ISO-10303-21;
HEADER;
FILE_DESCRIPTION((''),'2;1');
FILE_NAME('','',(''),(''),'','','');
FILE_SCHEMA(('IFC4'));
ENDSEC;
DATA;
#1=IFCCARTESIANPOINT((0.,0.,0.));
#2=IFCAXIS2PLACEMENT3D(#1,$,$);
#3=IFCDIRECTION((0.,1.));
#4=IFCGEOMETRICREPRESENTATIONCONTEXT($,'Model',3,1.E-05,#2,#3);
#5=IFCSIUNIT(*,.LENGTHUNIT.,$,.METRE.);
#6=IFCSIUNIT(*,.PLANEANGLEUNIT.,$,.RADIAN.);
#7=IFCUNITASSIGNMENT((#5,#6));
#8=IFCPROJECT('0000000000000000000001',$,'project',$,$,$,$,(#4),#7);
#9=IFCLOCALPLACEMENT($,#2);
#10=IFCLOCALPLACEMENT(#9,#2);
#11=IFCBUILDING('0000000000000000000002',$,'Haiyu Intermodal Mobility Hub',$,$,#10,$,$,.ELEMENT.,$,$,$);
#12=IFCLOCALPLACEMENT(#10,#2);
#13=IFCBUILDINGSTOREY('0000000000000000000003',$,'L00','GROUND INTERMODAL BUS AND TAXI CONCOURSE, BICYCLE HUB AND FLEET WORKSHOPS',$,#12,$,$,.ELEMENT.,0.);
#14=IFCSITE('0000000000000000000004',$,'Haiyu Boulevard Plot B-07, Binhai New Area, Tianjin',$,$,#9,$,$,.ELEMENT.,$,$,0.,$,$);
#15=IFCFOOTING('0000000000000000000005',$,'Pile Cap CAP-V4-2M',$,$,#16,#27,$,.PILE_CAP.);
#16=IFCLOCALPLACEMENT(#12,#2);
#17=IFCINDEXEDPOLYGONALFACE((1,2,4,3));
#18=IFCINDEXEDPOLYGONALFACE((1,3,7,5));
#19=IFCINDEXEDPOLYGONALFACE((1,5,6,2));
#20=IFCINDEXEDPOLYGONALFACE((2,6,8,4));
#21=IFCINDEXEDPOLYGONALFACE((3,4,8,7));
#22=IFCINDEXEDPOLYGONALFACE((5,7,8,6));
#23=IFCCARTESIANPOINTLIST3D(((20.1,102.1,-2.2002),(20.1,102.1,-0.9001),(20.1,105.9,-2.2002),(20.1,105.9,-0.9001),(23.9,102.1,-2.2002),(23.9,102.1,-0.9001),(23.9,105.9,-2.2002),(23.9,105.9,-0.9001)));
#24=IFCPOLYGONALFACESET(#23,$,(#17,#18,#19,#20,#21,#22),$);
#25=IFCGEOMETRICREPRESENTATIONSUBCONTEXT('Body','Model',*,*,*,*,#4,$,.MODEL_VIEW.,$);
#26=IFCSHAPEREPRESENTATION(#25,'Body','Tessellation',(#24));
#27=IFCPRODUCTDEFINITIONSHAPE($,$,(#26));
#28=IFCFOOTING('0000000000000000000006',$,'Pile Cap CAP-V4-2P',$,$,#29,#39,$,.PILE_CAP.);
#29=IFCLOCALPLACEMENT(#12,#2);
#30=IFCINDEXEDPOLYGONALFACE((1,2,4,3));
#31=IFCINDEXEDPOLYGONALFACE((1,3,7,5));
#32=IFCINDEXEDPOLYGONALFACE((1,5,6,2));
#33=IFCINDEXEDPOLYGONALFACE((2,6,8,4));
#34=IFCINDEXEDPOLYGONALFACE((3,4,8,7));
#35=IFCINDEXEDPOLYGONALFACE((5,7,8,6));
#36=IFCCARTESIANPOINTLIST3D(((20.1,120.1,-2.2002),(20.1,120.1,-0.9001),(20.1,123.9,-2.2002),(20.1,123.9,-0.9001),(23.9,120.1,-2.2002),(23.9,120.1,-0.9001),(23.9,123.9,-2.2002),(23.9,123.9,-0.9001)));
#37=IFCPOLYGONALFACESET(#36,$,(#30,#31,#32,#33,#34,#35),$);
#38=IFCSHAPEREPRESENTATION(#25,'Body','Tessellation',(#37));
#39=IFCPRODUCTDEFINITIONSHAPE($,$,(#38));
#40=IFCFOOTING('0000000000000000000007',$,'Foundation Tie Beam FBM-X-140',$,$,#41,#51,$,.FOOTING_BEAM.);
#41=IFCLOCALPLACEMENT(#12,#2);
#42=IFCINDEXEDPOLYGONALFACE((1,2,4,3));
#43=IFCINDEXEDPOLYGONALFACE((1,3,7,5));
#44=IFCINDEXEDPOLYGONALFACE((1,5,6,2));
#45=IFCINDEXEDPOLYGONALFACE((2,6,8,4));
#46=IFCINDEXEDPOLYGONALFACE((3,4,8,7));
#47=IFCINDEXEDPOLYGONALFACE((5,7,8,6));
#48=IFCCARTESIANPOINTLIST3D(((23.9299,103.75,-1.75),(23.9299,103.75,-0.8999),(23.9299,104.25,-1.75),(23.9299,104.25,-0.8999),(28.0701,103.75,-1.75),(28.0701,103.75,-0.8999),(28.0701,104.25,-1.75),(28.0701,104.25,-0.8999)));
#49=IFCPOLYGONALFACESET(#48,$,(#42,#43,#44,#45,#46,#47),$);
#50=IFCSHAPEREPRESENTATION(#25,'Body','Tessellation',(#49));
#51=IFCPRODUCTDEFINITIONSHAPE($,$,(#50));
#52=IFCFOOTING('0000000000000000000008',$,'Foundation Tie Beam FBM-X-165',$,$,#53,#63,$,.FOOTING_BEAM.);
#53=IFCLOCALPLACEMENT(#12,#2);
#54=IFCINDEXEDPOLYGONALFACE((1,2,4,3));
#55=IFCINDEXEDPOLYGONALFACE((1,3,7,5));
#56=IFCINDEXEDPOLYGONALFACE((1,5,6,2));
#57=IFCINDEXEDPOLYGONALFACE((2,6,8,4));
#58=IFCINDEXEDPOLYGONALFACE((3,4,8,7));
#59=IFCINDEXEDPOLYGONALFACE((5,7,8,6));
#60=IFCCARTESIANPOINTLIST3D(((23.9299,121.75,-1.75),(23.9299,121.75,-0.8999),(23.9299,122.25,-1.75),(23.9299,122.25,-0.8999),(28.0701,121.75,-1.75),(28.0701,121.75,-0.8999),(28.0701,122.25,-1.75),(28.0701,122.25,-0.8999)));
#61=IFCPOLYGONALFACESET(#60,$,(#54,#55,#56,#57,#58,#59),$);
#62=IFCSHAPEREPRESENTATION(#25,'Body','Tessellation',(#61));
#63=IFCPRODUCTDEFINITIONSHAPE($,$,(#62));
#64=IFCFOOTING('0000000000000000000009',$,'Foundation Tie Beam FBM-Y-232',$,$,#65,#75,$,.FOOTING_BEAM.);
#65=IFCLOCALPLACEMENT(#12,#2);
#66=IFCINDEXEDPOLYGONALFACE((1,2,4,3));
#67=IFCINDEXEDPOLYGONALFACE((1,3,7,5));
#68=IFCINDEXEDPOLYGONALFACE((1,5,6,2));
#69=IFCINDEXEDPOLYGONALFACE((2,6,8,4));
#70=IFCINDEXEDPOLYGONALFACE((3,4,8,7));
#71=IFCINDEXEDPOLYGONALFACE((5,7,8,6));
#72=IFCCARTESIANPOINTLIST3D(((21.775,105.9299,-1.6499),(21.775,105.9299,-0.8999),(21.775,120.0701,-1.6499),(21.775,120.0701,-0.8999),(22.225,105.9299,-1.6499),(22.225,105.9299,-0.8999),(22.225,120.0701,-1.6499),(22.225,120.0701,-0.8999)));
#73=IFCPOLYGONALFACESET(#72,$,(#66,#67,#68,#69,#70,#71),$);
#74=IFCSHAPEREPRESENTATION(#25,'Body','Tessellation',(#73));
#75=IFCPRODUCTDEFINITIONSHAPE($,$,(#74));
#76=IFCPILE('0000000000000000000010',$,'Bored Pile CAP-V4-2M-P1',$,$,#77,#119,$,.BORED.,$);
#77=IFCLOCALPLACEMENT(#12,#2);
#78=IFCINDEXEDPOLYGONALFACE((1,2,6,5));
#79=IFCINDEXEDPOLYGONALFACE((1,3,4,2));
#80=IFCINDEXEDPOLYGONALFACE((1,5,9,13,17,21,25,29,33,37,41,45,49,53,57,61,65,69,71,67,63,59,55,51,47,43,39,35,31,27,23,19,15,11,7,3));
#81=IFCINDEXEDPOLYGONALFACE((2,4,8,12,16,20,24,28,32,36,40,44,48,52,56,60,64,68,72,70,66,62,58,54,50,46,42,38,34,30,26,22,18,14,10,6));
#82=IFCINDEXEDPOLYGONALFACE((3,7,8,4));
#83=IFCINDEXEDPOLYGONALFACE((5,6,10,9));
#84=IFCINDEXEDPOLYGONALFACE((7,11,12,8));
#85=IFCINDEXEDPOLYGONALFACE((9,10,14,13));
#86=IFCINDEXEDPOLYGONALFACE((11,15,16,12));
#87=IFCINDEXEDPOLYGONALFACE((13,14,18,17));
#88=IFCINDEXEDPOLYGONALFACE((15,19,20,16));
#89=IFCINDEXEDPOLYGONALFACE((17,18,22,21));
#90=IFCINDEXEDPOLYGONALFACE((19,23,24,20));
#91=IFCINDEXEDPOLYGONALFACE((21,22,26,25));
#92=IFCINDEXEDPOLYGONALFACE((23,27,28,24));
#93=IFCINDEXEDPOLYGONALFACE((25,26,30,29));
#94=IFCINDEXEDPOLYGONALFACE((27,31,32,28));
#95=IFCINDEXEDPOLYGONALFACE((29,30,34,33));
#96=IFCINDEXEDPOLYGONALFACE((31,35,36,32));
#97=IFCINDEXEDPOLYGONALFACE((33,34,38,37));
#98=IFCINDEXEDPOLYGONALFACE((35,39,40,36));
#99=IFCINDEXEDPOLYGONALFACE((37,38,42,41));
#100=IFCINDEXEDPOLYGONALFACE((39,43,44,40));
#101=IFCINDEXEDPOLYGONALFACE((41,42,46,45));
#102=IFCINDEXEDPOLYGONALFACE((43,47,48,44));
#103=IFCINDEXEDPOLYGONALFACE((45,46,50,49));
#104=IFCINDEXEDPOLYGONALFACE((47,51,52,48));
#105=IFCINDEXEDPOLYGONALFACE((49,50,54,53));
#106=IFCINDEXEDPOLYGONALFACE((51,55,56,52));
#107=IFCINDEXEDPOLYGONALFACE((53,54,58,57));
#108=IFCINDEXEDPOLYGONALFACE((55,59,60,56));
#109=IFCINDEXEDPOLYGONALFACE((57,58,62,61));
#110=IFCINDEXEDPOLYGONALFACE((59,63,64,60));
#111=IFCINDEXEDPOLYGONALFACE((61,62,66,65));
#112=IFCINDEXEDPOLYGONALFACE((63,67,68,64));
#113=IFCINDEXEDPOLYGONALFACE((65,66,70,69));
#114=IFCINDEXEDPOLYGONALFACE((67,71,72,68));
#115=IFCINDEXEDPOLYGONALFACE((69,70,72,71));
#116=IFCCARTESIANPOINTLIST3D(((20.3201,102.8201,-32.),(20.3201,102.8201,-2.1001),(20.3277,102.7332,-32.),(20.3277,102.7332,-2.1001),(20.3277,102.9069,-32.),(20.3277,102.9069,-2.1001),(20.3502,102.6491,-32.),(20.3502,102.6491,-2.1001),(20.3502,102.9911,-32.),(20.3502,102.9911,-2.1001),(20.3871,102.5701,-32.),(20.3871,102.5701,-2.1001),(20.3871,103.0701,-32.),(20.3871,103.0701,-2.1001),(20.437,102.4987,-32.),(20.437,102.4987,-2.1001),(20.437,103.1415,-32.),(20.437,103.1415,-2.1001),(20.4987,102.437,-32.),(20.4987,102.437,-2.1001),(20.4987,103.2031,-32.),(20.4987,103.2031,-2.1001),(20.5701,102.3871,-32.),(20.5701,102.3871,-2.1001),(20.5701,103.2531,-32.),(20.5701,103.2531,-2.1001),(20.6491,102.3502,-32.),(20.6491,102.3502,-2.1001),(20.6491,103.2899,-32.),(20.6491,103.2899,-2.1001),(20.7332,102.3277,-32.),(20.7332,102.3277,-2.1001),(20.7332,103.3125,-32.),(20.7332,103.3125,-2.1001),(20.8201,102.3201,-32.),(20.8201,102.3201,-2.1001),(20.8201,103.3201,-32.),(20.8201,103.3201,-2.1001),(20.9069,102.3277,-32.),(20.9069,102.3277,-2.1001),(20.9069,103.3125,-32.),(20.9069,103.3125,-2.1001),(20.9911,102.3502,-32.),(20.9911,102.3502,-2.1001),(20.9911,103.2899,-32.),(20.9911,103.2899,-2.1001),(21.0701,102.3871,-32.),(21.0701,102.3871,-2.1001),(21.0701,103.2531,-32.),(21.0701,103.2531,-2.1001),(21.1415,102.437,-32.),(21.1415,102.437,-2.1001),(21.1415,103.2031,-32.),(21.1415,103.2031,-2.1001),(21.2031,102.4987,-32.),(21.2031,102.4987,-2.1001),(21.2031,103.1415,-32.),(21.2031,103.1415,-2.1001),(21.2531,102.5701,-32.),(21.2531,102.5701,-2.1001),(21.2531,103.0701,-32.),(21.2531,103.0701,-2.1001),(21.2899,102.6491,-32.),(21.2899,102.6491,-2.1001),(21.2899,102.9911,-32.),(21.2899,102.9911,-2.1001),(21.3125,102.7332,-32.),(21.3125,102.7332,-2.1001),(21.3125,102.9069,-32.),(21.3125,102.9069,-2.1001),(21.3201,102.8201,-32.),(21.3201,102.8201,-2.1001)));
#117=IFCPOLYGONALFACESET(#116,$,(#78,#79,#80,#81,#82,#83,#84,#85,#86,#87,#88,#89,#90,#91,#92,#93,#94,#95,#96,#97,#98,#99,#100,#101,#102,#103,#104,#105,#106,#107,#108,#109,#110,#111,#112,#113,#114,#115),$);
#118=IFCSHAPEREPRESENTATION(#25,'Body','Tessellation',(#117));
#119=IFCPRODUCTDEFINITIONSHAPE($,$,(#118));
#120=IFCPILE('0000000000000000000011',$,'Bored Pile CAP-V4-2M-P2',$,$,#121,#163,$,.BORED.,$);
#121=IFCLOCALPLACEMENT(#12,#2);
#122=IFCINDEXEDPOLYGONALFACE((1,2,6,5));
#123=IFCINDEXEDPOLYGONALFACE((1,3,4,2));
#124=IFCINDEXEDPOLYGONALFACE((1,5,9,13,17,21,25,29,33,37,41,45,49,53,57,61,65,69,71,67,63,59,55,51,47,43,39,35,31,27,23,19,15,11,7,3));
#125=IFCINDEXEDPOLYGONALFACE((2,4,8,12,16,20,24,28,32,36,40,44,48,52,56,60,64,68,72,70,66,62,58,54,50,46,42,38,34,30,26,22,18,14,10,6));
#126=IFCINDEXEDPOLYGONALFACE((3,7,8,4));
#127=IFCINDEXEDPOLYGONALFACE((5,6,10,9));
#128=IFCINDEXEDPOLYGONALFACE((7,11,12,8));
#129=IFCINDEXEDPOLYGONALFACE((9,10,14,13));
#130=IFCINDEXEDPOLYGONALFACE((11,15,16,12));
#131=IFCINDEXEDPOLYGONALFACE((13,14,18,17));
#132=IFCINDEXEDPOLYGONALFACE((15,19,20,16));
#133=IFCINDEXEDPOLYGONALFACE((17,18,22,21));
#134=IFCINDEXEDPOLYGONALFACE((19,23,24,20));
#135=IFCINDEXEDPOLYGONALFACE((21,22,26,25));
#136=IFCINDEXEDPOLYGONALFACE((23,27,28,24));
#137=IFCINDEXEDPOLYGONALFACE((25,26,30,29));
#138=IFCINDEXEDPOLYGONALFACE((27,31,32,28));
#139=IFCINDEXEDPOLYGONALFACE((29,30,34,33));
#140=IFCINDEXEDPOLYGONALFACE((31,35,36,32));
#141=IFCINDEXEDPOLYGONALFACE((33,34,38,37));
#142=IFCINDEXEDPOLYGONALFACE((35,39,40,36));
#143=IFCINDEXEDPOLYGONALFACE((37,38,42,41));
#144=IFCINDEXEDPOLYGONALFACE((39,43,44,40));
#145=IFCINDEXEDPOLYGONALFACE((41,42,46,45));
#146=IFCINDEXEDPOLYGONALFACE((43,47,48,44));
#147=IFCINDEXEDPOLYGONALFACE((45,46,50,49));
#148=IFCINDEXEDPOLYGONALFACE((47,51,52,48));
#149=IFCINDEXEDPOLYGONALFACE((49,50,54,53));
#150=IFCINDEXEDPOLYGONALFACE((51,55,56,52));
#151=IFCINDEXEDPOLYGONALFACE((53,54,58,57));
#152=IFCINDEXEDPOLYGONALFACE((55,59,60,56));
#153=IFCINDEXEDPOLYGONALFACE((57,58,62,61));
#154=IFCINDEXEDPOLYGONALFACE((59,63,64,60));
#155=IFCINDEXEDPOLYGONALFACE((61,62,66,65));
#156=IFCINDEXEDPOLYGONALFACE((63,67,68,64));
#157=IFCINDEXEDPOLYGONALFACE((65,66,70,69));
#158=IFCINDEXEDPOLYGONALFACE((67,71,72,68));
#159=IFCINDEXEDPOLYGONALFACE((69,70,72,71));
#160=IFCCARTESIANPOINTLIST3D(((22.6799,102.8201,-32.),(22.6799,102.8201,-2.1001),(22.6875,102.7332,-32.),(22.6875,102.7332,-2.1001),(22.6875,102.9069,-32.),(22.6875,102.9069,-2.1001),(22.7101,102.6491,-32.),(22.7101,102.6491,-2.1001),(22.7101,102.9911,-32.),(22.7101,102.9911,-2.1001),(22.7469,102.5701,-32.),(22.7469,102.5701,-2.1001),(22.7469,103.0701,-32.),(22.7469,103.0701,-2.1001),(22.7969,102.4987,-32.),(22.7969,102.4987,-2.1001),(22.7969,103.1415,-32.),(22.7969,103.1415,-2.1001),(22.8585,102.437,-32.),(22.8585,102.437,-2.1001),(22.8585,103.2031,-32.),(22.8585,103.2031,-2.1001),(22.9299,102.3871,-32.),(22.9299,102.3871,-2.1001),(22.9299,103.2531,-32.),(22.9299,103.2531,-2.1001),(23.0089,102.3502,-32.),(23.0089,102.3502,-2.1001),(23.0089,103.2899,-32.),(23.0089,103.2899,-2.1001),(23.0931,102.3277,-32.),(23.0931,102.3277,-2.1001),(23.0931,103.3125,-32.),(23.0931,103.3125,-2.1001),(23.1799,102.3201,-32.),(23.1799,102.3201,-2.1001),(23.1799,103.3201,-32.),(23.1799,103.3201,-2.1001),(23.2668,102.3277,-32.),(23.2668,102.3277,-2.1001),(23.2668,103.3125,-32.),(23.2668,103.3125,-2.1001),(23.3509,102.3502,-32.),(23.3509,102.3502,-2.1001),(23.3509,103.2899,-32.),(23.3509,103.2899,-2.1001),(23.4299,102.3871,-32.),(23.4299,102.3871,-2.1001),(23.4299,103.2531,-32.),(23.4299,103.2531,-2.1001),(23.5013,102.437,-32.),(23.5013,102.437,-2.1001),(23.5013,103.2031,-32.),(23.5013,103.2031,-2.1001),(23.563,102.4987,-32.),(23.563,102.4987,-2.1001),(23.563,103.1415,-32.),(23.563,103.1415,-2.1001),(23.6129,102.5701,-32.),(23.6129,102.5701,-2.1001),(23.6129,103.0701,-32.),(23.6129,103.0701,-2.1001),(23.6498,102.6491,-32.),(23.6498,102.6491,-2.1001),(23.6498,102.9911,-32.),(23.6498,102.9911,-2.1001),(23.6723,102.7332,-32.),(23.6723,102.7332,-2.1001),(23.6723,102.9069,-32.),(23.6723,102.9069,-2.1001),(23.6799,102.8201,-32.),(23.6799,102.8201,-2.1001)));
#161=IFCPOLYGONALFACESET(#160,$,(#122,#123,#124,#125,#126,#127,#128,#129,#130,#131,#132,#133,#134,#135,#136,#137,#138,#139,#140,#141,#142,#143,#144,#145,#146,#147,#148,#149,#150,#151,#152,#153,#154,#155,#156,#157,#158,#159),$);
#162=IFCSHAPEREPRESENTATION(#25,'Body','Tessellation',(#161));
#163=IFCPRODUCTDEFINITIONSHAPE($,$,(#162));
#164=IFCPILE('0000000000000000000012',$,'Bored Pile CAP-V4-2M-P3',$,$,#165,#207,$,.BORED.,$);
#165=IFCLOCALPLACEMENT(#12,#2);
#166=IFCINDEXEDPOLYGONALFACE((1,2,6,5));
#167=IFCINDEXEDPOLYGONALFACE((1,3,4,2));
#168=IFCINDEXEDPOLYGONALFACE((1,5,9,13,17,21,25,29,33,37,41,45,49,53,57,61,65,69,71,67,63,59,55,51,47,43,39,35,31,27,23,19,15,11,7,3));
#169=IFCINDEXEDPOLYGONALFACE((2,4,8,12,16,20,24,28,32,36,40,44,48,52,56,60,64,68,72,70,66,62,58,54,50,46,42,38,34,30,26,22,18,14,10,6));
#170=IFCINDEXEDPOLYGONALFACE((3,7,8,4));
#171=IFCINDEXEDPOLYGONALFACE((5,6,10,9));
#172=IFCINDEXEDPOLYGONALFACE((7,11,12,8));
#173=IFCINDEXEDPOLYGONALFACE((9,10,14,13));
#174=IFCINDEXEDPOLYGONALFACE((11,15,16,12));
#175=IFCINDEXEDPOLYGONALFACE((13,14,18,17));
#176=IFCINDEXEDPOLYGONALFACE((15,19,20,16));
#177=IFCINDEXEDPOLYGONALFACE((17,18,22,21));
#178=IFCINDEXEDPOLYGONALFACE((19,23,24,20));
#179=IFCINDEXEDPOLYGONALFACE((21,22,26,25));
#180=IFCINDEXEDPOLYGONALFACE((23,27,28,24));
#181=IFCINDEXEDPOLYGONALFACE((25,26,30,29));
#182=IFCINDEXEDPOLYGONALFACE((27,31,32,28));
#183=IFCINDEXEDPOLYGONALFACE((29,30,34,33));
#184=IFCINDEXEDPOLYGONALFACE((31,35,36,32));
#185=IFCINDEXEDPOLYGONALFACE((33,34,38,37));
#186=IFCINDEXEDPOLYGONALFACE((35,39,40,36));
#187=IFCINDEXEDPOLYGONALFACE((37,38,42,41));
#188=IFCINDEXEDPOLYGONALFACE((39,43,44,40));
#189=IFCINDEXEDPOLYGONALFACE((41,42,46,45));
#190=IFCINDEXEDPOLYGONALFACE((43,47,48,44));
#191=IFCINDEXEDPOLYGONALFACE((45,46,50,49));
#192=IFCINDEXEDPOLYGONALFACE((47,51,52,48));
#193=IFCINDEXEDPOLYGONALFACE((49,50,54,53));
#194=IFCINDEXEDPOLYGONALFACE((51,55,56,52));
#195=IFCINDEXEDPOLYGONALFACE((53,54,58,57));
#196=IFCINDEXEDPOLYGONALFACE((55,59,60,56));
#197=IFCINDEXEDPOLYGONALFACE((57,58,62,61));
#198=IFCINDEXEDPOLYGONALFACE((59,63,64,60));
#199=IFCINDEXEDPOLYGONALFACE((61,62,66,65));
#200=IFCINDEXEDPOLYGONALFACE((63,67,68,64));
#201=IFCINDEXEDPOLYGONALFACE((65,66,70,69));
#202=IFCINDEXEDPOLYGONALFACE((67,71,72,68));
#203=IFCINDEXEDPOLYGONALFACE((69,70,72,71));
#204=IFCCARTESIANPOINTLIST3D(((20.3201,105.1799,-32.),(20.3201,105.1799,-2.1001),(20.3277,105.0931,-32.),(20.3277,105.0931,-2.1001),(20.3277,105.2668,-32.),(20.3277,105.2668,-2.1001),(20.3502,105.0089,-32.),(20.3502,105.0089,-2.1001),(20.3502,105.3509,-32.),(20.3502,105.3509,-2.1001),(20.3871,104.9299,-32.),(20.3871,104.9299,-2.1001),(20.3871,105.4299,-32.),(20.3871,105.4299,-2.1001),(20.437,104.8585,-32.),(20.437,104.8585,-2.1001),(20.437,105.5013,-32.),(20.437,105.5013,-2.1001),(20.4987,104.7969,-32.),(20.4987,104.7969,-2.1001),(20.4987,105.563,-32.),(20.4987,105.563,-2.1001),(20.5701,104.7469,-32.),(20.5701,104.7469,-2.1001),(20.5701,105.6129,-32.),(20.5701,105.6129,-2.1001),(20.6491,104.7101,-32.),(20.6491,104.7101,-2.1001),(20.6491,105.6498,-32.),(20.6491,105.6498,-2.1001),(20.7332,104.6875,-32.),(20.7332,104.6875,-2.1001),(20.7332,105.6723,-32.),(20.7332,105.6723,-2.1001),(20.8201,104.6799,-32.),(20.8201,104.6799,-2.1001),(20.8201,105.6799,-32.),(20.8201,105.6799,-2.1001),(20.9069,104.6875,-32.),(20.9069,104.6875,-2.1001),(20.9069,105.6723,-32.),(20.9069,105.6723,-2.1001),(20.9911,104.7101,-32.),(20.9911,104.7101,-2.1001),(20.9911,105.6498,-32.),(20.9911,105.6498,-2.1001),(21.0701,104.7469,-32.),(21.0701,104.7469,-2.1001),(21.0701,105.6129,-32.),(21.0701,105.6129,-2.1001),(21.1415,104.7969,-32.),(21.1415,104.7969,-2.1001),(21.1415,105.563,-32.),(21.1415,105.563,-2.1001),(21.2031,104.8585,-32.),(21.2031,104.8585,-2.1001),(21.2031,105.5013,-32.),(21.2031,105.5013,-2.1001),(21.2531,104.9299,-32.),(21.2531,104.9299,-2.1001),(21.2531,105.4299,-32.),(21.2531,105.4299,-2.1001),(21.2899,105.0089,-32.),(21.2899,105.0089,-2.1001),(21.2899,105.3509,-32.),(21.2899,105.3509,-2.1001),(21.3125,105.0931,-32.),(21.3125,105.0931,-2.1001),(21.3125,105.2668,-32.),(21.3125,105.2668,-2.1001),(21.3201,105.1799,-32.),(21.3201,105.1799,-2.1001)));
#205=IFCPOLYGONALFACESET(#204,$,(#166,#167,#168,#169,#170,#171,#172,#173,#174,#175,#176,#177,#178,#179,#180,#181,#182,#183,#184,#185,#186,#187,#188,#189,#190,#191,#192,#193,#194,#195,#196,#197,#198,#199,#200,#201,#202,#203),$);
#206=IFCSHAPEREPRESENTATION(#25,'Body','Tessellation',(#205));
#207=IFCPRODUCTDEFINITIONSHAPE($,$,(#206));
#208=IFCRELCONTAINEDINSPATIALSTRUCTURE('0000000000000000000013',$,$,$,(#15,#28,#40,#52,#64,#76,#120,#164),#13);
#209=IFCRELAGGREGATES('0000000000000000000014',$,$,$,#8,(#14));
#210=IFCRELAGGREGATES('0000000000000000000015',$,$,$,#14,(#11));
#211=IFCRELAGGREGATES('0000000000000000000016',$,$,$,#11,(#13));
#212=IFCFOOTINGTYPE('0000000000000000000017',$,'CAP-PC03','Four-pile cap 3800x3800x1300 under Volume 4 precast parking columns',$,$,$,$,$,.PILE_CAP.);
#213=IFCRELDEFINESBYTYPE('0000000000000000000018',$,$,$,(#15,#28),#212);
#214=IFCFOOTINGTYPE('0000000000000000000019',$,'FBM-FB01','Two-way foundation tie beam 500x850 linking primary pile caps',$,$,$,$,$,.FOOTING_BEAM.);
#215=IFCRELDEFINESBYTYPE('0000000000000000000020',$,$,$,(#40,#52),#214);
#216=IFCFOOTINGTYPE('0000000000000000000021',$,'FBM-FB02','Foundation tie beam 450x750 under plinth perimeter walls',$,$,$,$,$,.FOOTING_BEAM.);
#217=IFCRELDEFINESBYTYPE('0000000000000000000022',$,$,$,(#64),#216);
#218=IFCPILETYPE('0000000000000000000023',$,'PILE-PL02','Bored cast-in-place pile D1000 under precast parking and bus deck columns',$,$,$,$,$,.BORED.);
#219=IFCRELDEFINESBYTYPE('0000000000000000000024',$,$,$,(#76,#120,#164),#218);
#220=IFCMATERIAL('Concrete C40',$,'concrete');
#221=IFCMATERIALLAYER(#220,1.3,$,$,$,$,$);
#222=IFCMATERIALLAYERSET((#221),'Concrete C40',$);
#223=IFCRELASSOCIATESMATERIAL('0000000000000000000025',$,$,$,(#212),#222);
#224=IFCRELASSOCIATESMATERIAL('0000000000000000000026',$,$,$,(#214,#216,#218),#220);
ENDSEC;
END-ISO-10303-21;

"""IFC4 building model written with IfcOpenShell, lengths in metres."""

from ifc_helpers import new_model, si_unit, direction, frame, origin, origin_2d, place, context, subcontext, project, spatial, rectangle, circle, extrude, material, layer, layer_set, material_profile, profile_set, type_object, element, save


model = new_model("IFC4")

# Units and contexts
model_context = context("Model", 3, precision=1e-05, world=origin(), true_north=direction((0.0, 1.0)))
body_context = subcontext(model_context, "Body", "Model", "MODEL_VIEW")
ifc_project = project(units=[si_unit("LENGTHUNIT", "METRE"), si_unit("PLANEANGLEUNIT", "RADIAN")], contexts=[model_context])

# Site, building, storey
site_placement = place(None, origin())
site = spatial("IfcSite", under=ifc_project, at=site_placement, Name="Haiyu Boulevard Plot B-07, Binhai New Area, Tianjin", CompositionType="ELEMENT", RefElevation=0.0)
building_placement = place(site_placement, origin())
building = spatial("IfcBuilding", under=site, at=building_placement, Name="Haiyu Intermodal Mobility Hub", CompositionType="ELEMENT")
storey_placement = place(building_placement, origin())
storey = spatial("IfcBuildingStorey", under=building, at=storey_placement, Name="L00", Description="GROUND INTERMODAL BUS AND TAXI CONCOURSE, BICYCLE HUB AND FLEET WORKSHOPS", CompositionType="ELEMENT", Elevation=0.0)

# Footings
ifc_material_1 = material(Name="Concrete C40", Category="concrete")
ifc_layer_1 = layer(ifc_material_1, 1.3)
ifc_layer_set_1 = layer_set([ifc_layer_1], Name="Concrete C40")
footing_type_1 = type_object("IfcFootingType", Name="CAP-PC03", Description="Four-pile cap 3800x3800x1300 under Volume 4 precast parking columns", PredefinedType="PILE_CAP", material=ifc_layer_set_1)
for number, where, z_axis, x_axis, name in (
    (1, (22.0, 104.0, -2.2002), (0.0, 0.0, 1.0), (1.0, 0.0, 0.0), "Pile Cap CAP-V4-2M"),
    (2, (22.0, 122.0, -2.2002), (0.0, 0.0, 1.0), (1.0, 0.0, 0.0), "Pile Cap CAP-V4-2P"),
):
    element("IfcFooting", number, at=place(storey_placement, frame(where, z_axis=z_axis, x_axis=x_axis)), inside=storey, type_object=footing_type_1, Name=name, PredefinedType="PILE_CAP", context=body_context, shape_type="SweptSolid", body=[
        extrude(rectangle(XDim=3.8, YDim=3.8, at=origin_2d()), origin(), (0.0, 0.0, 1.0), 1.3),
    ])
ifc_material_profile_1 = material_profile(ifc_material_1, rectangle(XDim=0.5, YDim=0.8501, at=origin_2d()), Name="FB500x850")
ifc_profile_set_1 = profile_set([ifc_material_profile_1], Name="Concrete C40")
footing_type_2 = type_object("IfcFootingType", Name="FBM-FB01", Description="Two-way foundation tie beam 500x850 linking primary pile caps", PredefinedType="FOOTING_BEAM", material=ifc_profile_set_1)
for number, where, z_axis, x_axis, name in (
    (3, (23.9299, 104.0, -1.325), (1.0, 0.0, 0.0), (0.0, 1.0, 0.0), "Foundation Tie Beam FBM-X-140"),
    (4, (23.9299, 122.0, -1.325), (1.0, 0.0, 0.0), (0.0, 1.0, 0.0), "Foundation Tie Beam FBM-X-165"),
):
    element("IfcFooting", number, at=place(storey_placement, frame(where, z_axis=z_axis, x_axis=x_axis)), inside=storey, type_object=footing_type_2, Name=name, PredefinedType="FOOTING_BEAM", context=body_context, shape_type="SweptSolid", body=[
        extrude(rectangle(XDim=0.5, YDim=0.8501, at=origin_2d()), origin(), (0.0, 0.0, 1.0), 4.1401),
    ])
ifc_material_profile_2 = material_profile(ifc_material_1, rectangle(XDim=0.45, YDim=0.75, at=origin_2d()), Name="FB450x750")
ifc_profile_set_2 = profile_set([ifc_material_profile_2], Name="Concrete C40")
footing_type_3 = type_object("IfcFootingType", Name="FBM-FB02", Description="Foundation tie beam 450x750 under plinth perimeter walls", PredefinedType="FOOTING_BEAM", material=ifc_profile_set_2)
footing_placement = place(storey_placement, frame((22.0, 105.9299, -1.2749), z_axis=(0.0, 1.0, 0.0), x_axis=(-1.0, 0.0, 0.0)))
element("IfcFooting", 5, at=footing_placement, inside=storey, type_object=footing_type_3, Name="Foundation Tie Beam FBM-Y-232", PredefinedType="FOOTING_BEAM", context=body_context, shape_type="SweptSolid", body=[
    extrude(rectangle(XDim=0.45, YDim=0.75, at=origin_2d()), origin(), (0.0, 0.0, 1.0), 14.1401),
])

# Piles
ifc_material_profile_3 = material_profile(ifc_material_1, circle(Radius=0.5, at=origin_2d()), Name="PILE-D1000")
ifc_profile_set_3 = profile_set([ifc_material_profile_3], Name="Concrete C40")
pile_type = type_object("IfcPileType", Name="PILE-PL02", Description="Bored cast-in-place pile D1000 under precast parking and bus deck columns", PredefinedType="BORED", material=ifc_profile_set_3)
for number, where, z_axis, x_axis, name in (
    (6, (20.8201, 102.8201, -2.1001), (0.0, 0.0, -1.0), (1.0, 0.0, 0.0), "Bored Pile CAP-V4-2M-P1"),
    (7, (23.1799, 102.8201, -2.1001), (0.0, 0.0, -1.0), (1.0, 0.0, 0.0), "Bored Pile CAP-V4-2M-P2"),
    (8, (20.8201, 105.1799, -2.1001), (0.0, 0.0, -1.0), (1.0, 0.0, 0.0), "Bored Pile CAP-V4-2M-P3"),
):
    element("IfcPile", number, at=place(storey_placement, frame(where, z_axis=z_axis, x_axis=x_axis)), inside=storey, type_object=pile_type, Name=name, PredefinedType="BORED", context=body_context, shape_type="SweptSolid", body=[
        extrude(circle(Radius=0.5, at=origin_2d()), origin(), (0.0, 0.0, 1.0), 29.8999),
    ])

save(model, "model.ifc")
